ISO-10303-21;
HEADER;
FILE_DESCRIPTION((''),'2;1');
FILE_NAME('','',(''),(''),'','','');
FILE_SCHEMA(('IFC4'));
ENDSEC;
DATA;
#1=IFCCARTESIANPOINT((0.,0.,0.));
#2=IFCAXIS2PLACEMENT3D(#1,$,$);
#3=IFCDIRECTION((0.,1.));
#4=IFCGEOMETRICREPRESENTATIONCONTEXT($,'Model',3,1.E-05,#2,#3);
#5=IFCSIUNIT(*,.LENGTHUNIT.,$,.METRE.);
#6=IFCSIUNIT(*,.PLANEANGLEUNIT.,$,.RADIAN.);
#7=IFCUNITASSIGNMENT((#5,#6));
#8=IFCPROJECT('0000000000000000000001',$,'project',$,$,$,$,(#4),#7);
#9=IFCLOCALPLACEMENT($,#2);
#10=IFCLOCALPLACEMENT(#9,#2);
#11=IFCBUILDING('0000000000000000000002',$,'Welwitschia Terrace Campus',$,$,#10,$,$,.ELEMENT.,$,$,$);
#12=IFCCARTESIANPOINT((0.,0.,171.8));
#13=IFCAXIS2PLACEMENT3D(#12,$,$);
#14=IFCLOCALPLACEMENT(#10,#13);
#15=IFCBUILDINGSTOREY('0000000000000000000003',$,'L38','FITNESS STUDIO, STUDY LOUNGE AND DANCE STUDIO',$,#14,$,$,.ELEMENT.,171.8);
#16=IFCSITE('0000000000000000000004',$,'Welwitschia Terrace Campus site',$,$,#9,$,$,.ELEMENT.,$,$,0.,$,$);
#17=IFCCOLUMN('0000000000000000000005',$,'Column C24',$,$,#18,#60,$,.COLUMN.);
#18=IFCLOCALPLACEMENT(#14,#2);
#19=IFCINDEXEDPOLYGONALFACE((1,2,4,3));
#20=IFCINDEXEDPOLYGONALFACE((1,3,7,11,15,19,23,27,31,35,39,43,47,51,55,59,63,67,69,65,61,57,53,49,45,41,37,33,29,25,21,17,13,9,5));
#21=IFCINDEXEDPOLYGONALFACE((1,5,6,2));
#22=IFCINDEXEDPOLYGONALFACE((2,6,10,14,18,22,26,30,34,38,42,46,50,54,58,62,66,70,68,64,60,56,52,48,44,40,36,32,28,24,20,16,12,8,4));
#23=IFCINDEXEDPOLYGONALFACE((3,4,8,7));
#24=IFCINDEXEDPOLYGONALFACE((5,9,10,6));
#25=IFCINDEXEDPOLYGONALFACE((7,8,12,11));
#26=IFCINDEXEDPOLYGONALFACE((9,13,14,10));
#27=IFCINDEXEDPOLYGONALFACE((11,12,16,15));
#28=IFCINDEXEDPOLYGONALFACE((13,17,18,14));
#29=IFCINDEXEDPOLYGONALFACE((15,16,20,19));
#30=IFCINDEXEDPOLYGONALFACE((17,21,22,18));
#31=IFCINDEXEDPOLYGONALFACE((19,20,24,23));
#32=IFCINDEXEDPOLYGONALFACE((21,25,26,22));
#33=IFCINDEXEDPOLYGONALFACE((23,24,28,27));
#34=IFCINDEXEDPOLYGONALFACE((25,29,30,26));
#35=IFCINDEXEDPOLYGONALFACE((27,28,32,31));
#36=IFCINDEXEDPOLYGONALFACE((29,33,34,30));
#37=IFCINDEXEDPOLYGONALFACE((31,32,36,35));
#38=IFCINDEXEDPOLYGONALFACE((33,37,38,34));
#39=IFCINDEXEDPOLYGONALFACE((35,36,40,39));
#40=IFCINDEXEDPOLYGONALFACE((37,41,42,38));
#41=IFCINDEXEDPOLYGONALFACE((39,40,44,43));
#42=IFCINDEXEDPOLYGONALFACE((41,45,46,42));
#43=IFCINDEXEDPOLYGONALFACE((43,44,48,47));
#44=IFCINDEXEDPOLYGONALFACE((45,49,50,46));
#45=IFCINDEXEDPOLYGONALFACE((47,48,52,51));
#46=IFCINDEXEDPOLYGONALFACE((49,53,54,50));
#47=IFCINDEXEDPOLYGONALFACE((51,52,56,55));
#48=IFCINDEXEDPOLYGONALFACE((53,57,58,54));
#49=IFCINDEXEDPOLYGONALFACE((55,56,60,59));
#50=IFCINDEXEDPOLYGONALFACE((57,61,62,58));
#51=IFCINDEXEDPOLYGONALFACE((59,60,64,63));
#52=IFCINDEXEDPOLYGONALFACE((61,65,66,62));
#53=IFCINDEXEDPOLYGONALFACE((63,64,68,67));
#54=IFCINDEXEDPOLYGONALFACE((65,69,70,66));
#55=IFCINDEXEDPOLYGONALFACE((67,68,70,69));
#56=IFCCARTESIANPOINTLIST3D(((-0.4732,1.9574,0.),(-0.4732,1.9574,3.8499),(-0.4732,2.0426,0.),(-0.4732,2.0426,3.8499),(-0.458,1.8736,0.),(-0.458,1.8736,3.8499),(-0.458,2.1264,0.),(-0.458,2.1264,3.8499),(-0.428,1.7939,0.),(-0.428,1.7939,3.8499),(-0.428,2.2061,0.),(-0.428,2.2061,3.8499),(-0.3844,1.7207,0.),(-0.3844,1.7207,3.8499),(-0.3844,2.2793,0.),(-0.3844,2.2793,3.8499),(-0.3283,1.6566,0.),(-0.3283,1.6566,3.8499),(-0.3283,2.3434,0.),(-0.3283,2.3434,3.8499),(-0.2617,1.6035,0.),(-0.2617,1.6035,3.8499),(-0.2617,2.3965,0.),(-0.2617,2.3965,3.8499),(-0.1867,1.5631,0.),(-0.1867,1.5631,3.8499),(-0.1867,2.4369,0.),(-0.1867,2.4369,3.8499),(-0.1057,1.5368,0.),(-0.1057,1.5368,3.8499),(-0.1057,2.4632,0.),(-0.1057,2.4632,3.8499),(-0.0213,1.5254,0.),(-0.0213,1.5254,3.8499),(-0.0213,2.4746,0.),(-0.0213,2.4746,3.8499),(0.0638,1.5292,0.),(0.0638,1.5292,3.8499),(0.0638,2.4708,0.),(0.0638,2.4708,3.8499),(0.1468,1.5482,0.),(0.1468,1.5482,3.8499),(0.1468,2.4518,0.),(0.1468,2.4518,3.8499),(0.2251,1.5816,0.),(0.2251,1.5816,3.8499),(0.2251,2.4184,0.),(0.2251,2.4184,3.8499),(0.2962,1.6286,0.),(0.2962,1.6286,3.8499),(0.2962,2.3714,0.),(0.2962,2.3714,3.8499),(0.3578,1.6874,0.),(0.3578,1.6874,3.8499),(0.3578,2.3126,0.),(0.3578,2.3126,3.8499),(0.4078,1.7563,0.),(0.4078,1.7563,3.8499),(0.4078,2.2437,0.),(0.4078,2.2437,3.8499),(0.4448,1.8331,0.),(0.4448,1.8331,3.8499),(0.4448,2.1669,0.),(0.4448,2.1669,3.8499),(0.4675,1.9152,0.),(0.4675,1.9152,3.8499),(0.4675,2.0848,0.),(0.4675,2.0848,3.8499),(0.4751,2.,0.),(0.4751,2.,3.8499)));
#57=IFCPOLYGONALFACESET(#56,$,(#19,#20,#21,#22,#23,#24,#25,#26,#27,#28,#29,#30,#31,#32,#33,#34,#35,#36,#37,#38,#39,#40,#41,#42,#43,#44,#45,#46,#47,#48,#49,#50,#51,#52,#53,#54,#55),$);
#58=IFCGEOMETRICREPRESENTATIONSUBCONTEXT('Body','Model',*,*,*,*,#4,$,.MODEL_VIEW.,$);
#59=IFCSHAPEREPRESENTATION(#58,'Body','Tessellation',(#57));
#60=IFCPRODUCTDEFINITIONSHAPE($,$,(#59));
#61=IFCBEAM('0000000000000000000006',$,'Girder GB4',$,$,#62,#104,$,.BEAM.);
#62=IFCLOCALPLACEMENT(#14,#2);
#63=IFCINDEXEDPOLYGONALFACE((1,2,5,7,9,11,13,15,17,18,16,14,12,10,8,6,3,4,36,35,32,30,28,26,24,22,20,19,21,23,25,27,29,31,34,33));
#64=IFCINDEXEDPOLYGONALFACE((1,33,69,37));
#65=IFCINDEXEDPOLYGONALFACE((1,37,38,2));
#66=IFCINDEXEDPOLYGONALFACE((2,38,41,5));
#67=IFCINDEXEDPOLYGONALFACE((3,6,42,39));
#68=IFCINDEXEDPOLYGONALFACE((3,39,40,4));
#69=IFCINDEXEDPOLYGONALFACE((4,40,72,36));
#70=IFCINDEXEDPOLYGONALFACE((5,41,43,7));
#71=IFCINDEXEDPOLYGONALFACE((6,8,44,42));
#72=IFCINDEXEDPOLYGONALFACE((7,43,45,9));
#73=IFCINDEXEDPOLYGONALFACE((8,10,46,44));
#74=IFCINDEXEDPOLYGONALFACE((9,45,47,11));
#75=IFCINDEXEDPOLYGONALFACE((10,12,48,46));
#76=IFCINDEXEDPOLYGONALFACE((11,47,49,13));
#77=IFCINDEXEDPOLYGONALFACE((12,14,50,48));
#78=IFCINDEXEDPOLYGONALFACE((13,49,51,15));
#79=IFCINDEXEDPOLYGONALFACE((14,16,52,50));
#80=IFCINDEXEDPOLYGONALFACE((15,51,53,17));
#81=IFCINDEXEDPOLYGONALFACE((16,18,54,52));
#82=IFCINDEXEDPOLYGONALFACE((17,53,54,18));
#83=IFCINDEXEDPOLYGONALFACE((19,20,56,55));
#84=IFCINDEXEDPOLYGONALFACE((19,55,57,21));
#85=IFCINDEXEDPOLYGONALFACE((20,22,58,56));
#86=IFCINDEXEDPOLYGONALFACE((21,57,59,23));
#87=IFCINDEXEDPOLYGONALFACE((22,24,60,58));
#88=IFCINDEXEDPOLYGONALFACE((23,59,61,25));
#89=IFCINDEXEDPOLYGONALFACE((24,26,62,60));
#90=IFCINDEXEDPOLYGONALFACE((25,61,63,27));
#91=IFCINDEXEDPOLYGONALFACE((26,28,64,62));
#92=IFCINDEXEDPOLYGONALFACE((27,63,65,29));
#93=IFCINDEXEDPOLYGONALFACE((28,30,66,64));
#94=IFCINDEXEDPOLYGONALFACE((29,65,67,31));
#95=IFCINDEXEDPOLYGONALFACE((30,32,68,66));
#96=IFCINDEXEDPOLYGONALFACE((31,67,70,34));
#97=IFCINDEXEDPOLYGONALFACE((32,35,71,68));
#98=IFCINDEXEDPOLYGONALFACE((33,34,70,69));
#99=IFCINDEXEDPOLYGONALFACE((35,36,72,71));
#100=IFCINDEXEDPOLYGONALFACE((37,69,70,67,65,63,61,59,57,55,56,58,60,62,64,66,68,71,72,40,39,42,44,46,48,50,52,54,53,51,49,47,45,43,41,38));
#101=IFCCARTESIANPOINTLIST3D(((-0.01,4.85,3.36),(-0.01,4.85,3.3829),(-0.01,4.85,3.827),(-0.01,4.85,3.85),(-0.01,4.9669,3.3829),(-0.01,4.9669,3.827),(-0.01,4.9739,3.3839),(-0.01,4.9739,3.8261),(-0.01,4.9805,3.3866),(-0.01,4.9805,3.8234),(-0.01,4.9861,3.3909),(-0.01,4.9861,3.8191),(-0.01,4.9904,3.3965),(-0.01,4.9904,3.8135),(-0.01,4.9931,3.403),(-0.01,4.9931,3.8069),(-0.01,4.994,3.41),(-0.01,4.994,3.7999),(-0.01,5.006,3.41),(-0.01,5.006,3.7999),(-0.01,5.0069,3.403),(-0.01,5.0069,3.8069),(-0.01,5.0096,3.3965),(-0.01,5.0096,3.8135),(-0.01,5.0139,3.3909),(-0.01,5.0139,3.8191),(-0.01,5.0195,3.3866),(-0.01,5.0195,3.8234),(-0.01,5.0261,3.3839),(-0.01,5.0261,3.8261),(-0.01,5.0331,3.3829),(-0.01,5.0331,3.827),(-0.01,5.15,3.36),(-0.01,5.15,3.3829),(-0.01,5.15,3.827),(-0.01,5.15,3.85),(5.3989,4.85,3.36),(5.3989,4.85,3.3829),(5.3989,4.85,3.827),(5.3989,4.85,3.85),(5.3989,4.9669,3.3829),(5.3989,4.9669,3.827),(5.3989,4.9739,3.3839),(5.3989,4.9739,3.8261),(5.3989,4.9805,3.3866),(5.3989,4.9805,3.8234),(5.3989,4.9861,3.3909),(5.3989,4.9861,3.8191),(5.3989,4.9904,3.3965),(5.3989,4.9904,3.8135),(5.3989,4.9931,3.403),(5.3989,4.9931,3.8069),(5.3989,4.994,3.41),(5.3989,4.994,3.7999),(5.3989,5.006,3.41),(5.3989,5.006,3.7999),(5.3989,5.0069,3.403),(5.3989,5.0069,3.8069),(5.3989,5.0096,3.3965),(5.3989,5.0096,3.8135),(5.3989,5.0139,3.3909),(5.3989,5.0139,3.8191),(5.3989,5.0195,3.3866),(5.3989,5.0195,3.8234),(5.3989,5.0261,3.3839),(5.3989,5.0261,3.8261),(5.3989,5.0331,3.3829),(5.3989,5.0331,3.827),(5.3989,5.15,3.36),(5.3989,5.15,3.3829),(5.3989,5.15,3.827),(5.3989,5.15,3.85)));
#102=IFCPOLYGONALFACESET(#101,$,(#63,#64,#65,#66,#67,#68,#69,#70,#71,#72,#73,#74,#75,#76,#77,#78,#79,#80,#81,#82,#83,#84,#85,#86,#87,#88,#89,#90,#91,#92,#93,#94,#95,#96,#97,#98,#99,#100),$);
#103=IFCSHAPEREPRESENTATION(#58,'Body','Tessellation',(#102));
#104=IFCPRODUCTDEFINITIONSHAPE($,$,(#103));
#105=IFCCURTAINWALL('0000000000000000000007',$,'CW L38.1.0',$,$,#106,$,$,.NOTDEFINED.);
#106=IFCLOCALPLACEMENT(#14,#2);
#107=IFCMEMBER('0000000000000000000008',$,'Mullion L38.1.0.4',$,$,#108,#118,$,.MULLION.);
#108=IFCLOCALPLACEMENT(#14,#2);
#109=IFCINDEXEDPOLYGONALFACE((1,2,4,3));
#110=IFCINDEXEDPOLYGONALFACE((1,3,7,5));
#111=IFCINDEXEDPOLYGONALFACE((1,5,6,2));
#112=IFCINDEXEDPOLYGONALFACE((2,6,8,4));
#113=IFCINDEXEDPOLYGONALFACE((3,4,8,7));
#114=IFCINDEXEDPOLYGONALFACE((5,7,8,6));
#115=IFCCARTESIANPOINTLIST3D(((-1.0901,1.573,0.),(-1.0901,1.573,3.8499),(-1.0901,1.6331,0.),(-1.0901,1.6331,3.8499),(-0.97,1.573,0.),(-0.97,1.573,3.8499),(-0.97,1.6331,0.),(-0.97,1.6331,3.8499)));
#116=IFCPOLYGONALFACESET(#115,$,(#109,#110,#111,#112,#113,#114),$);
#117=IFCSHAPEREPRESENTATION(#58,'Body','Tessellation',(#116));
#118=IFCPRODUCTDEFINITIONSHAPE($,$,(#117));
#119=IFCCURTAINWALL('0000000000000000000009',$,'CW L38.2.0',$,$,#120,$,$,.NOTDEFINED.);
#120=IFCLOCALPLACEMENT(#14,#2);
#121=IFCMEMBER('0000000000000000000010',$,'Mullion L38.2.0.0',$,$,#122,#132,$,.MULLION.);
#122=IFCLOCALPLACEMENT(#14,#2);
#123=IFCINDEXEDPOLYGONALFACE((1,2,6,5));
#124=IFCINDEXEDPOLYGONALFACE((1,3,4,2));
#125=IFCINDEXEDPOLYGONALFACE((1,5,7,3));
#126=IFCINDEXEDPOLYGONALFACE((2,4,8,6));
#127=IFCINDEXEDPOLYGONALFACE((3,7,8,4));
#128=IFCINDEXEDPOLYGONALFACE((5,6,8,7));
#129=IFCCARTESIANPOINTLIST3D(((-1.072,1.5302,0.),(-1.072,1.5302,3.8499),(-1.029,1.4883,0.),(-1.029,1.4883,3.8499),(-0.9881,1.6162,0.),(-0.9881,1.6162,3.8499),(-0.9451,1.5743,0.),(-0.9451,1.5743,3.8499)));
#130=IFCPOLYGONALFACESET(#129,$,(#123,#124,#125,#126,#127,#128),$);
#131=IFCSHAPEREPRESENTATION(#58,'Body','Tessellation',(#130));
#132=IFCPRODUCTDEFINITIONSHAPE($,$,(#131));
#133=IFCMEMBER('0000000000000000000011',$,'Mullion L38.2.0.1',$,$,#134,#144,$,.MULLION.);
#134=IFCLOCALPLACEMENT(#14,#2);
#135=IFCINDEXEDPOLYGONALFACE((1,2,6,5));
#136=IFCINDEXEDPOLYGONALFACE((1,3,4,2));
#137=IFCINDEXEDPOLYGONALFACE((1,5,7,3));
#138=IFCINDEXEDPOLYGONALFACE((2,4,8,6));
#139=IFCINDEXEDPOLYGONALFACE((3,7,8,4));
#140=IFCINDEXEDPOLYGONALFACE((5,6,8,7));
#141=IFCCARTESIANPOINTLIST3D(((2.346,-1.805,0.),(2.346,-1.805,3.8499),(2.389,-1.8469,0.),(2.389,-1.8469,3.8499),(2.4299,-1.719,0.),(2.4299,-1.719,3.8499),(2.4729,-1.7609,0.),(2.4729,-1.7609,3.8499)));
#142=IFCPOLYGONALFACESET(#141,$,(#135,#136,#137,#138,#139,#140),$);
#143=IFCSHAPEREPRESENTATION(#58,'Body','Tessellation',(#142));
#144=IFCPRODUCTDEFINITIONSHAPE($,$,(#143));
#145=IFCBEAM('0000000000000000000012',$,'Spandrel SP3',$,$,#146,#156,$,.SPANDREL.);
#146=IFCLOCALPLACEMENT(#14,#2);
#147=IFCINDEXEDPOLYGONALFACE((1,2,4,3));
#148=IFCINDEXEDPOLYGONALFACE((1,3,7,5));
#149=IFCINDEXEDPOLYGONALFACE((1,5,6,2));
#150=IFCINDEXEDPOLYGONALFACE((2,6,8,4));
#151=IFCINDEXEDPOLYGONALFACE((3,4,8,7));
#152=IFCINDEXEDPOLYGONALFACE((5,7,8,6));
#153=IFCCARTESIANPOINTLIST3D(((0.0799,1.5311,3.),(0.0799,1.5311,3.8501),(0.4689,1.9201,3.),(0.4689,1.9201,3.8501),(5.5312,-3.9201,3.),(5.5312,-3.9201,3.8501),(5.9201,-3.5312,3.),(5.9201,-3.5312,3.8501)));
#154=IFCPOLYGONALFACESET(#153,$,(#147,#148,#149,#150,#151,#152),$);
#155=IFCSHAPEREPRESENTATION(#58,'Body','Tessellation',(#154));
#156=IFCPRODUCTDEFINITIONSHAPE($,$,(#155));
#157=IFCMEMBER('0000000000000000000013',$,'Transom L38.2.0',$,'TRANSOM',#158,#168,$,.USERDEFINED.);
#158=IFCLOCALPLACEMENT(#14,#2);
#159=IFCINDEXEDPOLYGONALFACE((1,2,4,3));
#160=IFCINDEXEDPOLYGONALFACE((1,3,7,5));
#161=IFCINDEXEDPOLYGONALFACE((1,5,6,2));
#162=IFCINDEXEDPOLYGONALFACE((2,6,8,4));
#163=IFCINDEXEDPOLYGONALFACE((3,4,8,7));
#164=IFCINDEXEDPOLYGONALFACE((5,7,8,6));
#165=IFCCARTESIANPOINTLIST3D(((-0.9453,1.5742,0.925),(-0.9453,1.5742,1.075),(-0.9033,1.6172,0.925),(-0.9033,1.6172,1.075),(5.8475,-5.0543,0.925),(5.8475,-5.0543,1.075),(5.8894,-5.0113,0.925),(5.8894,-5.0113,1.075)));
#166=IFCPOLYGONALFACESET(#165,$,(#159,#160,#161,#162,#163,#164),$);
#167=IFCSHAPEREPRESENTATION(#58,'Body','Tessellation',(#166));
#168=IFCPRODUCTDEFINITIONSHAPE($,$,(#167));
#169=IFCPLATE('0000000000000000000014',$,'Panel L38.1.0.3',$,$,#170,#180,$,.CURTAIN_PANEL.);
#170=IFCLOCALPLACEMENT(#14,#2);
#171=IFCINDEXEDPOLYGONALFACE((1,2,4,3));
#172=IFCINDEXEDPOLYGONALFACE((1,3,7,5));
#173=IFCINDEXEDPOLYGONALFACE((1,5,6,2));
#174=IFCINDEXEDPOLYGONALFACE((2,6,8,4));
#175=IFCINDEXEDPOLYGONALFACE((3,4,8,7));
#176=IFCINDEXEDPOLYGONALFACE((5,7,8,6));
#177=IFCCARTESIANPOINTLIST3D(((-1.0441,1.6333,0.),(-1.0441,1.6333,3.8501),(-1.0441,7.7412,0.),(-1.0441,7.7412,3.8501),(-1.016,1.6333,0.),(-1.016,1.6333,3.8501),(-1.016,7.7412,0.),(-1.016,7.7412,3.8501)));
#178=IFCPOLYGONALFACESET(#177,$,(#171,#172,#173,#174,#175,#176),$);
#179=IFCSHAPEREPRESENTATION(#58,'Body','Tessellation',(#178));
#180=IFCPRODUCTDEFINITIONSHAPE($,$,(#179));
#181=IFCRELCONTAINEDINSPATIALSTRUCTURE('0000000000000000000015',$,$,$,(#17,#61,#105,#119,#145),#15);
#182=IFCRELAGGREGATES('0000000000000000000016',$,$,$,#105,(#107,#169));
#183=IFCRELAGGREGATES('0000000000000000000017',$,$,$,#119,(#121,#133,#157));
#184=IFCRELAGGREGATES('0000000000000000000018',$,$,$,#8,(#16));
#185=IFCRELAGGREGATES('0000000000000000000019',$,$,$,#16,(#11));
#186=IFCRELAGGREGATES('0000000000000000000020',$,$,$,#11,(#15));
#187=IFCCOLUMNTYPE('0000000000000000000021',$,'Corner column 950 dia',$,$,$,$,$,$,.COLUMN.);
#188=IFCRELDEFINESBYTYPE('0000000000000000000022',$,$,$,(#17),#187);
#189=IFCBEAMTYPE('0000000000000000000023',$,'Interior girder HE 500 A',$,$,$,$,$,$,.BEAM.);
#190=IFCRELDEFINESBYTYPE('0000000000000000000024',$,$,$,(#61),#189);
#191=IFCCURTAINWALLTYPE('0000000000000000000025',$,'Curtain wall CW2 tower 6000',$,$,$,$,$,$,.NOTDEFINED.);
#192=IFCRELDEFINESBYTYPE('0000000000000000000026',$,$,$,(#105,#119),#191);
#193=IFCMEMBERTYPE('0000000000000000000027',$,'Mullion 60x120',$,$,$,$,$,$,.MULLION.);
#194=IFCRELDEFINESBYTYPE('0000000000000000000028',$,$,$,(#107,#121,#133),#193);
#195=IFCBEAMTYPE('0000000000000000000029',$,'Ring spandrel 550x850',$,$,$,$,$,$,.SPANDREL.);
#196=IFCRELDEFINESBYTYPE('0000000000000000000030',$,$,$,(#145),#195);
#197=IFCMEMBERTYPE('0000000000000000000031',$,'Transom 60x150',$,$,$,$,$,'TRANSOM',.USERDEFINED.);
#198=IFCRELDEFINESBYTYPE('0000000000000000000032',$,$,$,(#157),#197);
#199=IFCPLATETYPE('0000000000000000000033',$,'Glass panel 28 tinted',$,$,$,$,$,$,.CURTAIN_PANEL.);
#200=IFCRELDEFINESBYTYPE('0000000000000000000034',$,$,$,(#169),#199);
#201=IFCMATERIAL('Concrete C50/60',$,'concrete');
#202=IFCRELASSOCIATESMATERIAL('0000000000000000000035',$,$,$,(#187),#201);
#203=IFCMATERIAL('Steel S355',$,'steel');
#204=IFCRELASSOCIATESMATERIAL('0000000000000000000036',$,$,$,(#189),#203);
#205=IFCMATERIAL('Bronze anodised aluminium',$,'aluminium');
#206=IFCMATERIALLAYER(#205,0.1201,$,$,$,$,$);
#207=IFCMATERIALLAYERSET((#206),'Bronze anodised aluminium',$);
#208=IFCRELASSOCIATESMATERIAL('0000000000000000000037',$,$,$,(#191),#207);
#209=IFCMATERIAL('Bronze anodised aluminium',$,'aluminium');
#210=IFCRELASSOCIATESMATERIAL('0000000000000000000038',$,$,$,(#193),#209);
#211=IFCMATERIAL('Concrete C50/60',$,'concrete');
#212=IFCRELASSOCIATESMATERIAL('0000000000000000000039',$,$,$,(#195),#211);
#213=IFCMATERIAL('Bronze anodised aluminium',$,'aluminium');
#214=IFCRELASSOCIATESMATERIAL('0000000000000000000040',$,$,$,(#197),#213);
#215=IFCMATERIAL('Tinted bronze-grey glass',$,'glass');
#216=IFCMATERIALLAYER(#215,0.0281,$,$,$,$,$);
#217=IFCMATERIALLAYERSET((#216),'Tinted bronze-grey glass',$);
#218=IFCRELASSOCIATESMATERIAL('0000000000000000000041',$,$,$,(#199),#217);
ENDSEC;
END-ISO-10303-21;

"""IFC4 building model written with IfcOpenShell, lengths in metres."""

from ifc_helpers import new_model, si_unit, direction, frame, origin, origin_2d, place, context, subcontext, project, spatial, rectangle, circle, i_section, extrude, material, layer, layer_set, material_profile, profile_set, type_object, element, aggregate, save


model = new_model("IFC4")

# Units and contexts
model_context = context("Model", 3, precision=1e-05, world=origin(), true_north=direction((0.0, 1.0)))
body_context = subcontext(model_context, "Body", "Model", "MODEL_VIEW")
ifc_project = project(units=[si_unit("LENGTHUNIT", "METRE"), si_unit("PLANEANGLEUNIT", "RADIAN")], contexts=[model_context])

# Site, building, storey
site_placement = place(None, origin())
site = spatial("IfcSite", under=ifc_project, at=site_placement, Name="Welwitschia Terrace Campus site", CompositionType="ELEMENT", RefElevation=0.0)
building_placement = place(site_placement, origin())
building = spatial("IfcBuilding", under=site, at=building_placement, Name="Welwitschia Terrace Campus", CompositionType="ELEMENT")
storey_placement = place(building_placement, frame((0.0, 0.0, 171.8)))
storey = spatial("IfcBuildingStorey", under=building, at=storey_placement, Name="L38", Description="FITNESS STUDIO, STUDY LOUNGE AND DANCE STUDIO", CompositionType="ELEMENT", Elevation=171.8)

# Column
ifc_material_1 = material(Name="Concrete C50/60", Category="concrete")
ifc_material_profile_1 = material_profile(ifc_material_1, circle(Radius=0.4751, at=origin_2d()))
ifc_profile_set_1 = profile_set([ifc_material_profile_1], Name="Concrete C50/60")
column_type = type_object("IfcColumnType", Name="Corner column 950 dia", PredefinedType="COLUMN", material=ifc_profile_set_1)
column_placement = place(storey_placement, frame((0.0, 2.0, 0.0), z_axis=(0.0, 0.0, 1.0), x_axis=(1.0, 0.0, 0.0)))
element("IfcColumn", 1, at=column_placement, inside=storey, type_object=column_type, Name="Column C24", PredefinedType="COLUMN", context=body_context, shape_type="SweptSolid", body=[
    extrude(circle(Radius=0.4751, at=origin_2d()), origin(), (0.0, 0.0, 1.0), 3.8499),
])

# Beam
ifc_material_2 = material(Name="Steel S355", Category="steel")
ifc_material_profile_2 = material_profile(ifc_material_2, i_section(OverallWidth=0.3, OverallDepth=0.49, WebThickness=0.012, FlangeThickness=0.0229, FilletRadius=0.0271, at=origin_2d()))
ifc_profile_set_2 = profile_set([ifc_material_profile_2], Name="Steel S355")
beam_type_1 = type_object("IfcBeamType", Name="Interior girder HE 500 A", PredefinedType="BEAM", material=ifc_profile_set_2)
beam_1_placement = place(storey_placement, frame((-0.01, 5.0, 3.605), z_axis=(1.0, 0.0, 0.0), x_axis=(0.0, 1.0, 0.0)))
element("IfcBeam", 2, at=beam_1_placement, inside=storey, type_object=beam_type_1, Name="Girder GB4", PredefinedType="BEAM", context=body_context, shape_type="SweptSolid", body=[
    extrude(i_section(OverallWidth=0.3, OverallDepth=0.49, WebThickness=0.012, FlangeThickness=0.0229, FilletRadius=0.0271, at=origin_2d()), origin(), (0.0, 0.0, 1.0), 5.4089),
])

# Curtain wall, member
ifc_material_3 = material(Name="Bronze anodised aluminium", Category="aluminium")
ifc_layer_1 = layer(ifc_material_3, 0.1201)
ifc_layer_set_1 = layer_set([ifc_layer_1], Name="Bronze anodised aluminium")
curtain_wall_type = type_object("IfcCurtainWallType", Name="Curtain wall CW2 tower 6000", PredefinedType="NOTDEFINED", material=ifc_layer_set_1)
curtain_wall_1_placement = place(storey_placement, origin())
curtain_wall_1 = element("IfcCurtainWall", 3, at=curtain_wall_1_placement, inside=storey, type_object=curtain_wall_type, Name="CW L38.1.0", PredefinedType="NOTDEFINED")
ifc_material_4 = material(Name="Bronze anodised aluminium", Category="aluminium")
ifc_material_profile_3 = material_profile(ifc_material_4, rectangle(XDim=0.1201, YDim=0.0601, at=origin_2d()))
ifc_profile_set_3 = profile_set([ifc_material_profile_3], Name="Bronze anodised aluminium")
member_type_1 = type_object("IfcMemberType", Name="Mullion 60x120", PredefinedType="MULLION", material=ifc_profile_set_3)
member_1_placement = place(storey_placement, frame((-1.03, 1.603, 0.0), z_axis=(0.0, 0.0, 1.0), x_axis=(1.0, 0.0, 0.0)))
member_1 = element("IfcMember", 4, at=member_1_placement, type_object=member_type_1, Name="Mullion L38.1.0.4", PredefinedType="MULLION", context=body_context, shape_type="SweptSolid", body=[
    extrude(rectangle(XDim=0.1201, YDim=0.0601, at=origin_2d()), origin(), (0.0, 0.0, 1.0), 3.8499),
])

# Curtain wall, members
curtain_wall_2_placement = place(storey_placement, origin())
curtain_wall_2 = element("IfcCurtainWall", 5, at=curtain_wall_2_placement, inside=storey, type_object=curtain_wall_type, Name="CW L38.2.0", PredefinedType="NOTDEFINED")
member_2_placement = place(storey_placement, frame((-1.0085, 1.5522, 0.0), z_axis=(0.0, 0.0, 1.0), x_axis=(0.698399, 0.715708, 0.0)))
member_2 = element("IfcMember", 6, at=member_2_placement, type_object=member_type_1, Name="Mullion L38.2.0.0", PredefinedType="MULLION", context=body_context, shape_type="SweptSolid", body=[
    extrude(rectangle(XDim=0.1201, YDim=0.0601, at=origin_2d()), origin(), (0.0, 0.0, 1.0), 3.8499),
])
member_3_placement = place(storey_placement, frame((2.4094, -1.783, 0.0), z_axis=(0.0, 0.0, 1.0), x_axis=(0.698399, 0.715708, 0.0)))
member_3 = element("IfcMember", 7, at=member_3_placement, type_object=member_type_1, Name="Mullion L38.2.0.1", PredefinedType="MULLION", context=body_context, shape_type="SweptSolid", body=[
    extrude(rectangle(XDim=0.1201, YDim=0.0601, at=origin_2d()), origin(), (0.0, 0.0, 1.0), 3.8499),
])

# Beam
ifc_material_5 = material(Name="Concrete C50/60", Category="concrete")
ifc_material_profile_4 = material_profile(ifc_material_5, rectangle(XDim=0.55, YDim=0.8501, at=origin_2d()))
ifc_profile_set_4 = profile_set([ifc_material_profile_4], Name="Concrete C50/60")
beam_type_2 = type_object("IfcBeamType", Name="Ring spandrel 550x850", PredefinedType="SPANDREL", material=ifc_profile_set_4)
beam_2_placement = place(storey_placement, frame((0.2744, 1.7256, 3.425), z_axis=(0.707107, -0.707107, 0.0), x_axis=(0.707107, 0.707107, 0.0)))
element("IfcBeam", 8, at=beam_2_placement, inside=storey, type_object=beam_type_2, Name="Spandrel SP3", PredefinedType="SPANDREL", context=body_context, shape_type="SweptSolid", body=[
    extrude(rectangle(XDim=0.55, YDim=0.8501, at=origin_2d()), origin(), (0.0, 0.0, 1.0), 7.7092),
])

# Member
ifc_material_6 = material(Name="Bronze anodised aluminium", Category="aluminium")
ifc_material_profile_5 = material_profile(ifc_material_6, rectangle(XDim=0.0601, YDim=0.1499, at=origin_2d()))
ifc_profile_set_5 = profile_set([ifc_material_profile_5], Name="Bronze anodised aluminium")
member_type_2 = type_object("IfcMemberType", Name="Transom 60x150", ElementType="TRANSOM", PredefinedType="USERDEFINED", material=ifc_profile_set_5)
member_4_placement = place(storey_placement, frame((-0.9243, 1.5957, 1.0), z_axis=(0.71571, -0.698398, 0.0), x_axis=(0.698398, 0.71571, 0.0)))
member_4 = element("IfcMember", 9, at=member_4_placement, type_object=member_type_2, Name="Transom L38.2.0", ObjectType="TRANSOM", PredefinedType="USERDEFINED", context=body_context, shape_type="SweptSolid", body=[
    extrude(rectangle(XDim=0.0601, YDim=0.1499, at=origin_2d()), origin(), (0.0, 0.0, 1.0), 9.491),
])

# Plate
ifc_material_7 = material(Name="Tinted bronze-grey glass", Category="glass")
ifc_layer_2 = layer(ifc_material_7, 0.0281)
ifc_layer_set_2 = layer_set([ifc_layer_2], Name="Tinted bronze-grey glass")
plate_type = type_object("IfcPlateType", Name="Glass panel 28 tinted", PredefinedType="CURTAIN_PANEL", material=ifc_layer_set_2)
plate_1_placement = place(storey_placement, frame((-1.03, 4.6873, 0.0), z_axis=(0.0, 0.0, 1.0), x_axis=(0.0, -1.0, 0.0)))
plate_1 = element("IfcPlate", 10, at=plate_1_placement, type_object=plate_type, Name="Panel L38.1.0.3", PredefinedType="CURTAIN_PANEL", context=body_context, shape_type="SweptSolid", body=[
    extrude(rectangle(XDim=6.1079, YDim=0.0281, at=origin_2d()), origin(), (0.0, 0.0, 1.0), 3.8501),
])
aggregate(curtain_wall_1, [member_1, plate_1])
aggregate(curtain_wall_2, [member_2, member_3, member_4])

save(model, "model.ifc")
